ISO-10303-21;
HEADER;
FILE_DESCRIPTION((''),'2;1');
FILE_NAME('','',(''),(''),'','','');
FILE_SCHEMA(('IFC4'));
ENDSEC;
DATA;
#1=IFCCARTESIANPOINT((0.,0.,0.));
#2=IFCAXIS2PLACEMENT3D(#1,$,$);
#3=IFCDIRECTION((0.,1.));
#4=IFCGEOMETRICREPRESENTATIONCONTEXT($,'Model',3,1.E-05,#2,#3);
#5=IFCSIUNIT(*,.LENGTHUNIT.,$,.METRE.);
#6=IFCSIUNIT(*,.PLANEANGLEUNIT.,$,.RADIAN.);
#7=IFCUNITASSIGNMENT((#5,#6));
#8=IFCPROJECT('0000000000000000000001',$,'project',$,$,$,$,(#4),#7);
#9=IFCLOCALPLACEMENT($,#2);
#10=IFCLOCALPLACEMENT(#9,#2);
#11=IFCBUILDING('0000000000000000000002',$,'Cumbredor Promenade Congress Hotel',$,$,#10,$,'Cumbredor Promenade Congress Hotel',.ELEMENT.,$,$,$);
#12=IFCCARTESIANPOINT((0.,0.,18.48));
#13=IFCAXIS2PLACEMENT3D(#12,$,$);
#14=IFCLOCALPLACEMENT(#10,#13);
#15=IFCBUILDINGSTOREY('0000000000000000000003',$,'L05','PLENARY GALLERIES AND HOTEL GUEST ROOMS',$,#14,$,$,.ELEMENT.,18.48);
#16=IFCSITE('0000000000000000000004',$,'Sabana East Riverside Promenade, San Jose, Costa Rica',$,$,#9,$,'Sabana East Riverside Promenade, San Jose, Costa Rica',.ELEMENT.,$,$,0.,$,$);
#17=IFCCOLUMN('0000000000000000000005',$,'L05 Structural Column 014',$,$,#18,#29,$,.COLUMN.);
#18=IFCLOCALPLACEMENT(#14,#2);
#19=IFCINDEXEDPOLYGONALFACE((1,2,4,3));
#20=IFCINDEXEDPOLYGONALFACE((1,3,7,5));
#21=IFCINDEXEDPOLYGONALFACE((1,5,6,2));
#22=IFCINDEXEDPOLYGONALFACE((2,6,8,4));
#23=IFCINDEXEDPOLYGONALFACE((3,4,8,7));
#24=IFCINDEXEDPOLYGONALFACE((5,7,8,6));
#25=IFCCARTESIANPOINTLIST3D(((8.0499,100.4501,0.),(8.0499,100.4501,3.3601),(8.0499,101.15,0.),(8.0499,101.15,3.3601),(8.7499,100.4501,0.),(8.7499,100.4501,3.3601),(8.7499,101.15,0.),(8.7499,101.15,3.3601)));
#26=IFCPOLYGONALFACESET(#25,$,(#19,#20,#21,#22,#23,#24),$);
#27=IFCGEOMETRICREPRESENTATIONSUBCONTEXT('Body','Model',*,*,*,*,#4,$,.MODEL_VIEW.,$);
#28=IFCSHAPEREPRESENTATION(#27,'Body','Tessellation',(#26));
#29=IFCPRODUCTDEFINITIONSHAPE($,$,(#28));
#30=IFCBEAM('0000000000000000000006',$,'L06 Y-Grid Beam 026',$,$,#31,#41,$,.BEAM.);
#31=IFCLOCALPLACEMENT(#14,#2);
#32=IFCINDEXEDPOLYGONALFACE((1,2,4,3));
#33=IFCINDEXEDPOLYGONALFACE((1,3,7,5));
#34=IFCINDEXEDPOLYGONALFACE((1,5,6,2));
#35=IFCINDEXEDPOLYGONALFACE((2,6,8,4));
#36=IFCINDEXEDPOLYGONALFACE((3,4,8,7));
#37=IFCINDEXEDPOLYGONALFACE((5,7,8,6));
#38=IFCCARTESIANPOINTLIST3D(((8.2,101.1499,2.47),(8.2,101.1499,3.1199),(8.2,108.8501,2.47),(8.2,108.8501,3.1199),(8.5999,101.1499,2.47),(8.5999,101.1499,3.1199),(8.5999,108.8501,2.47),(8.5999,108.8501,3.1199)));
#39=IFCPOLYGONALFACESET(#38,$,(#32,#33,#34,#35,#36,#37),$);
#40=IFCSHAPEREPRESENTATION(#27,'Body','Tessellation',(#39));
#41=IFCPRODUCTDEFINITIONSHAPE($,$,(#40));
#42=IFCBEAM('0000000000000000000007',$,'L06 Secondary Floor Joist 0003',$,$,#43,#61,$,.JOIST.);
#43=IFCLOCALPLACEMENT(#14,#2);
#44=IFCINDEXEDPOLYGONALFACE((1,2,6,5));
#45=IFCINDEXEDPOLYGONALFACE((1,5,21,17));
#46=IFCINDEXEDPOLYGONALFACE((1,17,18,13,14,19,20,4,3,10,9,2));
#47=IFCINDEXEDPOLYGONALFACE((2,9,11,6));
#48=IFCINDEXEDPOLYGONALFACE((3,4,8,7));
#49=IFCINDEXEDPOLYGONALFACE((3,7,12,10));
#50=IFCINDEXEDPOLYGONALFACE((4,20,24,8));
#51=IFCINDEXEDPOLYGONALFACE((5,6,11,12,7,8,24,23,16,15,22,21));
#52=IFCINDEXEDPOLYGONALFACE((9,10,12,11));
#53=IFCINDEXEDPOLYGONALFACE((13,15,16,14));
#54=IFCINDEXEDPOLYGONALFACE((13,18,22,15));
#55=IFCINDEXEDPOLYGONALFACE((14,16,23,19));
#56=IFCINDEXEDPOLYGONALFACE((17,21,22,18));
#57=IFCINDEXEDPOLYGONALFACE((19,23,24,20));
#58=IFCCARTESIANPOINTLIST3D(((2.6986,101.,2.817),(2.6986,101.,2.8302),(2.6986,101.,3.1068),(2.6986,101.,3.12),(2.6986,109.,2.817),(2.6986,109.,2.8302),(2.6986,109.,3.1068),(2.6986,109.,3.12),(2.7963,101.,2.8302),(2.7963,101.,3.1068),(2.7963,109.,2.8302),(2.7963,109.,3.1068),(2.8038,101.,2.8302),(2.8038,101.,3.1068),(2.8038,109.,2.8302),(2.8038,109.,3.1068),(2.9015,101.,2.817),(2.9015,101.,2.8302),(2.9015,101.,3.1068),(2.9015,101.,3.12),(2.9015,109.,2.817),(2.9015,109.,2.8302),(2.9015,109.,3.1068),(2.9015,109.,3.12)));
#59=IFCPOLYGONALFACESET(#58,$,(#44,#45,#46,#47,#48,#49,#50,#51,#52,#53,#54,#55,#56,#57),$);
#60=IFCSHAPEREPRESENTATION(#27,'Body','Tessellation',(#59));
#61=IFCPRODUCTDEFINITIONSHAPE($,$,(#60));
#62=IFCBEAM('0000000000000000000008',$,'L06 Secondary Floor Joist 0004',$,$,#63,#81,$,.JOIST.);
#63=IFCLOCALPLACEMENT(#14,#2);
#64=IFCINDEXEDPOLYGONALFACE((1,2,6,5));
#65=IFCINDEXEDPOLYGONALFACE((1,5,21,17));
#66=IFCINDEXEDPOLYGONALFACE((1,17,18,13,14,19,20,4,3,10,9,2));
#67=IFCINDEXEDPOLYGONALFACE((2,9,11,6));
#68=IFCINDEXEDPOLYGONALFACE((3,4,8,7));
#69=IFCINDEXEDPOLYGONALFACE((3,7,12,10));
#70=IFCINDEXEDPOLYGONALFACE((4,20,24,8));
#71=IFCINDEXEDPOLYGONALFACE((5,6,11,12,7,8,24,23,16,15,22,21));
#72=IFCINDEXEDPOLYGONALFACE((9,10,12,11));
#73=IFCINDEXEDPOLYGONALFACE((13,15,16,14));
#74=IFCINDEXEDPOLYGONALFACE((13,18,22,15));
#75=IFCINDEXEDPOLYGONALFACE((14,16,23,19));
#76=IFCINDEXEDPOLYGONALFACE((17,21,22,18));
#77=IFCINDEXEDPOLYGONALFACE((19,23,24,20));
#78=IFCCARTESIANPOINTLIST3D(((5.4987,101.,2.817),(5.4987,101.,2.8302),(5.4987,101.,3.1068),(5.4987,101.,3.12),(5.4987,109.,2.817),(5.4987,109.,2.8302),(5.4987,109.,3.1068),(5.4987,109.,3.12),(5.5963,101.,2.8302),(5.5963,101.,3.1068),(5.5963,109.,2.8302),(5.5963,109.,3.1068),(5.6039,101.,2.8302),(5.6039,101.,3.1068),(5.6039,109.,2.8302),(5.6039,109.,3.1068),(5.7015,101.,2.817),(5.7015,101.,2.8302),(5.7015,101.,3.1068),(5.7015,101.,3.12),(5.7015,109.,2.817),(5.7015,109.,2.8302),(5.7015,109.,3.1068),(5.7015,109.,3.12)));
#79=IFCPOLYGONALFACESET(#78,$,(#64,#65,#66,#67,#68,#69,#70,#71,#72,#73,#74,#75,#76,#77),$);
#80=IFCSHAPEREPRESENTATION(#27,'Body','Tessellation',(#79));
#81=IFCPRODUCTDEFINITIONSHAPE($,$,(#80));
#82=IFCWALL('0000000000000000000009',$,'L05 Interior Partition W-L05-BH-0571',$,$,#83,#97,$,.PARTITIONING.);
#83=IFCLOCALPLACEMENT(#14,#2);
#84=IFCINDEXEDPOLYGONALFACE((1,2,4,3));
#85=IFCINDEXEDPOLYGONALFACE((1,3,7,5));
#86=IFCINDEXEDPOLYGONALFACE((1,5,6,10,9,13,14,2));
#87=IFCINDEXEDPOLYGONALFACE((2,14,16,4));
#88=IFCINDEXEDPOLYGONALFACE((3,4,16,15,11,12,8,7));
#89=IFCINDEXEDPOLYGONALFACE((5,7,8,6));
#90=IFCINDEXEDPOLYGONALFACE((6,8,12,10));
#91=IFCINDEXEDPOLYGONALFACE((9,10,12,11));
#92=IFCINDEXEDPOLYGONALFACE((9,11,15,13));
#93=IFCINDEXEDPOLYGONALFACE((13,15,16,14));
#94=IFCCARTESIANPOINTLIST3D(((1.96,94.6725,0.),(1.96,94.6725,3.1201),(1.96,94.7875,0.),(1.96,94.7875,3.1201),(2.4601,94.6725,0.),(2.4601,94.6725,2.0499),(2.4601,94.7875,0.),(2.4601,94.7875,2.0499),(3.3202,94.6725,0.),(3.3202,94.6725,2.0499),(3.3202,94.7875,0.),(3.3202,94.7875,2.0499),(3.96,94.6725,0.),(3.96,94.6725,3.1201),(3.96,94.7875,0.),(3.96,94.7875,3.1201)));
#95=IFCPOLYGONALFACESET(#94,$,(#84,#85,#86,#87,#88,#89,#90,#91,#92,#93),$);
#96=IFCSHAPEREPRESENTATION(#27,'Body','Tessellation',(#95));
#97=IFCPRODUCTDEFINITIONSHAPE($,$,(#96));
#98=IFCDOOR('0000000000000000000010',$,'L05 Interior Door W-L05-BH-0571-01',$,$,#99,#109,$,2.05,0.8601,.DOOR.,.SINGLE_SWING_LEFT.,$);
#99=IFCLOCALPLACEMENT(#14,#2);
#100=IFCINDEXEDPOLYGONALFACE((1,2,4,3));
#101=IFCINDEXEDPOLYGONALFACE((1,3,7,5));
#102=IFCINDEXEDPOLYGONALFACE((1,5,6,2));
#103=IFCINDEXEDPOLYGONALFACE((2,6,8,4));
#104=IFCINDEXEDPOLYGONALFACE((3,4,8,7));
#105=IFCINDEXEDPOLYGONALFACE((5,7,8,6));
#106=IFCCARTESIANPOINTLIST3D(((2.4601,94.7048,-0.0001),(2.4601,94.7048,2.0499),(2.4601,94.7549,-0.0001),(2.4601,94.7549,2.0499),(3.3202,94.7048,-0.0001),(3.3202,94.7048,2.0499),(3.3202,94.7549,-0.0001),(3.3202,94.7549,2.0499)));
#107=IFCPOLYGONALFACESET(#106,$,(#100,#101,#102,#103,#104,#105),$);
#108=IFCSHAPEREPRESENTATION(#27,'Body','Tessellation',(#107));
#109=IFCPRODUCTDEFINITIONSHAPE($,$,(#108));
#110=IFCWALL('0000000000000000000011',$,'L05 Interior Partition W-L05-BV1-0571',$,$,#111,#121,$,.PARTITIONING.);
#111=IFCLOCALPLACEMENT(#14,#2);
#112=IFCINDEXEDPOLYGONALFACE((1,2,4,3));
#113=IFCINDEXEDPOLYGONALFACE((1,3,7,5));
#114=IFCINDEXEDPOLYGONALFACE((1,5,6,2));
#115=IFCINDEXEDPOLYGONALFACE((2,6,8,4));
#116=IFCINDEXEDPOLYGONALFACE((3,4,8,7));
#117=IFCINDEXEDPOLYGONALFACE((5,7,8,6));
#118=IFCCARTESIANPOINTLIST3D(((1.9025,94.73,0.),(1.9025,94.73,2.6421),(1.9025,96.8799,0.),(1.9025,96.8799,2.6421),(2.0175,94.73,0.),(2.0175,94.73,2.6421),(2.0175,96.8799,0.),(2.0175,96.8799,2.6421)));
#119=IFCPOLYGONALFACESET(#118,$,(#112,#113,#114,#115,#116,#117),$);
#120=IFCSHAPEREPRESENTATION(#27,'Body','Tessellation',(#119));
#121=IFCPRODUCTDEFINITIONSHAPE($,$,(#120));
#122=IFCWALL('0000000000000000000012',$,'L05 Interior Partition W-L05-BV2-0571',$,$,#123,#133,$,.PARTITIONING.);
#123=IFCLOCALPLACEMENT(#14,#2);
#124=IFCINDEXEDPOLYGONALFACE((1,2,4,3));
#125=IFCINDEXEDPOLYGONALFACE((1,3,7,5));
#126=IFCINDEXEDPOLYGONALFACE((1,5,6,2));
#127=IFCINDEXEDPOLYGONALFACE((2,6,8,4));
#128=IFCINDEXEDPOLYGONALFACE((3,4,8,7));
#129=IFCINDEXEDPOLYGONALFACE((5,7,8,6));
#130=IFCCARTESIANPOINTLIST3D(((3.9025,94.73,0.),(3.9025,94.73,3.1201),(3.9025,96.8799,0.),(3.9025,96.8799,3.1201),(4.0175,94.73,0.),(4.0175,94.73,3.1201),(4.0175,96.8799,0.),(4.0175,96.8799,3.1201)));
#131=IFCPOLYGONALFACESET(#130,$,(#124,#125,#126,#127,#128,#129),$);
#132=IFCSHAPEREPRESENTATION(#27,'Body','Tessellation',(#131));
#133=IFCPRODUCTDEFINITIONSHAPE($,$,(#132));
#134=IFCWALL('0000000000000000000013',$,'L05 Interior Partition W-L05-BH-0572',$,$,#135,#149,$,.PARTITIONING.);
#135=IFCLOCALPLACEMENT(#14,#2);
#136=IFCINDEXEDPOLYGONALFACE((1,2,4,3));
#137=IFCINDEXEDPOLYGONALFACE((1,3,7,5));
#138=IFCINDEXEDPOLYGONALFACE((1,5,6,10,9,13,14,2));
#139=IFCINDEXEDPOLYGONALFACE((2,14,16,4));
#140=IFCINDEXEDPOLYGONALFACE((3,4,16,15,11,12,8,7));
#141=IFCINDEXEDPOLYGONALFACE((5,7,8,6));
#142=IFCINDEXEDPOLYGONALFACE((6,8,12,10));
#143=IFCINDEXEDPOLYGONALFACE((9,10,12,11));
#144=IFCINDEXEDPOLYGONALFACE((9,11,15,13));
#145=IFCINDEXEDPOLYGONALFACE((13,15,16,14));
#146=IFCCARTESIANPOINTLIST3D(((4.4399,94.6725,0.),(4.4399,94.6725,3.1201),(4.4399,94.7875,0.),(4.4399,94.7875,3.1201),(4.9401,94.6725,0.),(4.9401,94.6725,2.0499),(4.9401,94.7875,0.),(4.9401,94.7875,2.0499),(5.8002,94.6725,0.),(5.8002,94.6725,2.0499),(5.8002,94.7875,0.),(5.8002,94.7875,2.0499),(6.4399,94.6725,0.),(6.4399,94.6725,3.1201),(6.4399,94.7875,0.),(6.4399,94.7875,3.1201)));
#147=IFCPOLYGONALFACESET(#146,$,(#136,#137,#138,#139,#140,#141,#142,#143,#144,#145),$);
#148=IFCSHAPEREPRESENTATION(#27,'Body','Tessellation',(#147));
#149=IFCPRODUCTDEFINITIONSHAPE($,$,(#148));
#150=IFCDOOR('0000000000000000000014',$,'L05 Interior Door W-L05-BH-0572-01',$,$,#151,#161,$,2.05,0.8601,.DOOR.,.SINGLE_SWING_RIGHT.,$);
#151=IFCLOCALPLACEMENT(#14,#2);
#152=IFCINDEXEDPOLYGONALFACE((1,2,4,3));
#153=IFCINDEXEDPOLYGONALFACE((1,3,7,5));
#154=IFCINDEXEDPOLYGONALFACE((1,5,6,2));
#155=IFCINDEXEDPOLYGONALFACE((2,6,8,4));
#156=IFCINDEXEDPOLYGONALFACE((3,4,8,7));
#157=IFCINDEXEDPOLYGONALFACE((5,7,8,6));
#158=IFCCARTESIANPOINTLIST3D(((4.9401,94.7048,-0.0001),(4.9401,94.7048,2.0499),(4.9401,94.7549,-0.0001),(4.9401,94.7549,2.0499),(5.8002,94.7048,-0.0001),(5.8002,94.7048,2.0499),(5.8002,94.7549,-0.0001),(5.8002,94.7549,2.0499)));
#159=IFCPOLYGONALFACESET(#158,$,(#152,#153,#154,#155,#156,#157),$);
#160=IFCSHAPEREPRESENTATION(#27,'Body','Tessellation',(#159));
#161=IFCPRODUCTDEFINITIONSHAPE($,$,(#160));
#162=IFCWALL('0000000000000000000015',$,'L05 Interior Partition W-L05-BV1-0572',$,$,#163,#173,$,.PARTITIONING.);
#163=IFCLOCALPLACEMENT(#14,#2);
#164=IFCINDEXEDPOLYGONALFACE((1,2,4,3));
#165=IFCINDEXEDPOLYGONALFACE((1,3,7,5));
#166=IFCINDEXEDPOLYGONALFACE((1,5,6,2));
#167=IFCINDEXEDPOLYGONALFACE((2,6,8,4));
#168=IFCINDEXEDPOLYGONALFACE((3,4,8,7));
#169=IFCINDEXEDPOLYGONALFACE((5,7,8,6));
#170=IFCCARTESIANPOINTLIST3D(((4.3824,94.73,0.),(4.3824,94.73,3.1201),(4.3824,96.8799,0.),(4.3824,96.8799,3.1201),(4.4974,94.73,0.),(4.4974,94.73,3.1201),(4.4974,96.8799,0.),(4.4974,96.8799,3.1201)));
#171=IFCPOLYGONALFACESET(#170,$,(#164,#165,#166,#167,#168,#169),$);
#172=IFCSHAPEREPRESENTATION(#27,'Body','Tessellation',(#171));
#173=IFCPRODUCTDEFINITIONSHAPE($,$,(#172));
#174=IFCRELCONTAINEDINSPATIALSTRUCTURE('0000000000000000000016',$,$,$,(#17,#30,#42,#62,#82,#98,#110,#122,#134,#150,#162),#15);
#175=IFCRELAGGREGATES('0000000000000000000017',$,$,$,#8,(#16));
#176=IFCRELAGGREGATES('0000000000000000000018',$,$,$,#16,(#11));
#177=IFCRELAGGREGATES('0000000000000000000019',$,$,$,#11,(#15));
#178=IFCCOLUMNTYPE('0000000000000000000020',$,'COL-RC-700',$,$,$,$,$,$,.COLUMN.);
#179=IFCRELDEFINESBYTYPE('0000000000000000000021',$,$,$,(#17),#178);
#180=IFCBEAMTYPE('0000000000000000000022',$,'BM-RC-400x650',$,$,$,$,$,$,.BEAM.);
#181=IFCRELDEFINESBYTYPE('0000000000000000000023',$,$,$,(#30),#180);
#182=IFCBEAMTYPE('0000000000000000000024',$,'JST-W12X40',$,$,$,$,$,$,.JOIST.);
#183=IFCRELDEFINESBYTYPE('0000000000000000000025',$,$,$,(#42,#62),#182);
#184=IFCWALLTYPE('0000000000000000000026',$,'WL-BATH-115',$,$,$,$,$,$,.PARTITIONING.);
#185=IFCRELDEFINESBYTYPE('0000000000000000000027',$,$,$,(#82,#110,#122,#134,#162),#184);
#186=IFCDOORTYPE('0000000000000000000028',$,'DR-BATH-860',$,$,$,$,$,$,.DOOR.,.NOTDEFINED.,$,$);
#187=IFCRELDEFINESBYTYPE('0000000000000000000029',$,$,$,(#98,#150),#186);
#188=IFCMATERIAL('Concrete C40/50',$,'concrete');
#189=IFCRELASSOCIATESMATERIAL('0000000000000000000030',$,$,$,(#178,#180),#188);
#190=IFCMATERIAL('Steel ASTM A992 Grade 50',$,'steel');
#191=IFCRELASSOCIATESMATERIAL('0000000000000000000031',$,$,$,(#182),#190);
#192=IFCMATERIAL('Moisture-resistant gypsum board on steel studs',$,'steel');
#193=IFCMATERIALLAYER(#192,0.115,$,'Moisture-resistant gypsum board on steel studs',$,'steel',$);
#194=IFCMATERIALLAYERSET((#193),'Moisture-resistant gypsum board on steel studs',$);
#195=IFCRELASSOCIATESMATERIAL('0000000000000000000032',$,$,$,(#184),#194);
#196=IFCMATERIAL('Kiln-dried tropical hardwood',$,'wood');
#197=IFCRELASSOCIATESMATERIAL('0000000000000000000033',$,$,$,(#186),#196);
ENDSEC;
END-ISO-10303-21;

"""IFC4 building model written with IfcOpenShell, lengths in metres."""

from ifc_helpers import new_model, si_unit, direction, frame, frame_2d, origin, origin_2d, place, context, subcontext, project, spatial, rectangle, i_section, extrude, material, layer, layer_set, material_profile, profile_set, type_object, element, fill, save


model = new_model("IFC4")

# Units and contexts
model_context = context("Model", 3, precision=1e-05, world=origin(), true_north=direction((0.0, 1.0)))
body_context = subcontext(model_context, "Body", "Model", "MODEL_VIEW")
ifc_project = project(units=[si_unit("LENGTHUNIT", "METRE"), si_unit("PLANEANGLEUNIT", "RADIAN")], contexts=[model_context])

# Site, building, storey
site_placement = place(None, origin())
site = spatial("IfcSite", under=ifc_project, at=site_placement, Name="Sabana East Riverside Promenade, San Jose, Costa Rica", LongName="Sabana East Riverside Promenade, San Jose, Costa Rica", CompositionType="ELEMENT", RefElevation=0.0)
building_placement = place(site_placement, origin())
building = spatial("IfcBuilding", under=site, at=building_placement, Name="Cumbredor Promenade Congress Hotel", LongName="Cumbredor Promenade Congress Hotel", CompositionType="ELEMENT")
storey_placement = place(building_placement, frame((0.0, 0.0, 18.48)))
storey = spatial("IfcBuildingStorey", under=building, at=storey_placement, Name="L05", Description="PLENARY GALLERIES AND HOTEL GUEST ROOMS", CompositionType="ELEMENT", Elevation=18.48)

# Column
ifc_material_1 = material(Name="Concrete C40/50", Category="concrete")
ifc_material_profile_1 = material_profile(ifc_material_1, rectangle(XDim=0.7, YDim=0.7, at=origin_2d()), Name="RC 700x700")
ifc_profile_set_1 = profile_set([ifc_material_profile_1], Name="Concrete C40/50")
column_type = type_object("IfcColumnType", Name="COL-RC-700", PredefinedType="COLUMN", material=ifc_profile_set_1)
column_placement = place(storey_placement, frame((8.3999, 100.8, 0.0), z_axis=(0.0, 0.0, 1.0), x_axis=(1.0, 0.0, 0.0)))
element("IfcColumn", 1, at=column_placement, inside=storey, type_object=column_type, Name="L05 Structural Column 014", PredefinedType="COLUMN", context=body_context, shape_type="SweptSolid", body=[
    extrude(rectangle(XDim=0.7, YDim=0.7, at=origin_2d()), origin(), (0.0, 0.0, 1.0), 3.3601),
])

# Beams
ifc_material_profile_2 = material_profile(ifc_material_1, rectangle(XDim=0.3999, YDim=0.6499, at=origin_2d()), Name="RC BEAM 400x650")
ifc_profile_set_2 = profile_set([ifc_material_profile_2], Name="Concrete C40/50")
beam_type_1 = type_object("IfcBeamType", Name="BM-RC-400x650", PredefinedType="BEAM", material=ifc_profile_set_2)
beam_placement = place(storey_placement, frame((8.3999, 101.1499, 2.7949), z_axis=(0.0, 1.0, 0.0), x_axis=(-1.0, 0.0, 0.0)))
element("IfcBeam", 2, at=beam_placement, inside=storey, type_object=beam_type_1, Name="L06 Y-Grid Beam 026", PredefinedType="BEAM", context=body_context, shape_type="SweptSolid", body=[
    extrude(rectangle(XDim=0.3999, YDim=0.6499, at=origin_2d()), origin(), (0.0, 0.0, 1.0), 7.7002),
])
ifc_material_2 = material(Name="Steel ASTM A992 Grade 50", Category="steel")
ifc_material_profile_3 = material_profile(ifc_material_2, i_section(OverallWidth=0.2029, OverallDepth=0.303, WebThickness=0.0076, FlangeThickness=0.0132, at=origin_2d()), Name="W12X40")
ifc_profile_set_3 = profile_set([ifc_material_profile_3], Name="Steel ASTM A992 Grade 50")
beam_type_2 = type_object("IfcBeamType", Name="JST-W12X40", PredefinedType="JOIST", material=ifc_profile_set_3)
for number, where, z_axis, x_axis, name in (
    (3, (2.8, 101.0, 2.9685), (0.0, 1.0, 0.0), (-1.0, 0.0, 0.0), "L06 Secondary Floor Joist 0003"),
    (4, (5.6001, 101.0, 2.9685), (0.0, 1.0, 0.0), (-1.0, 0.0, 0.0), "L06 Secondary Floor Joist 0004"),
):
    element("IfcBeam", number, at=place(storey_placement, frame(where, z_axis=z_axis, x_axis=x_axis)), inside=storey, type_object=beam_type_2, Name=name, PredefinedType="JOIST", context=body_context, shape_type="SweptSolid", body=[
        extrude(i_section(OverallWidth=0.2029, OverallDepth=0.303, WebThickness=0.0076, FlangeThickness=0.0132, at=origin_2d()), origin(), (0.0, 0.0, 1.0), 8.0),
    ])

# Wall, opening, door
ifc_material_3 = material(Name="Moisture-resistant gypsum board on steel studs", Category="steel")
ifc_layer = layer(ifc_material_3, 0.115, Name="Moisture-resistant gypsum board on steel studs", Category="steel")
ifc_layer_set = layer_set([ifc_layer], Name="Moisture-resistant gypsum board on steel studs")
wall_type = type_object("IfcWallType", Name="WL-BATH-115", PredefinedType="PARTITIONING", material=ifc_layer_set)
wall_1_placement = place(storey_placement, frame((1.96, 94.73, 0.0), z_axis=(0.0, 0.0, 1.0), x_axis=(1.0, 0.0, 0.0)))
wall_1 = element("IfcWall", 5, at=wall_1_placement, inside=storey, type_object=wall_type, Name="L05 Interior Partition W-L05-BH-0571", PredefinedType="PARTITIONING", context=body_context, shape_type="SweptSolid", body=[
    extrude(rectangle(XDim=2.0, YDim=0.115, at=frame_2d((1.0, 0.0))), origin(), (0.0, 0.0, 1.0), 3.1201),
])
opening_1_placement = place(wall_1_placement, frame((0.5, 0.0, 0.0)))
opening_1 = element("IfcOpeningElement", 6, at=opening_1_placement, cuts=wall_1, PredefinedType="OPENING", context=body_context, shape_type="SweptSolid", body=[
    extrude(rectangle(XDim=0.8601, YDim=2.05, at=frame_2d((0.4302, 1.0249))), frame((0.0, 0.0674, 0.0), z_axis=(0.0, -1.0, 0.0), x_axis=(1.0, 0.0, 0.0)), (0.0, 0.0, 1.0), 0.135),
])
ifc_material_4 = material(Name="Kiln-dried tropical hardwood", Category="wood")
door_type = type_object("IfcDoorType", Name="DR-BATH-860", OperationType="NOTDEFINED", PredefinedType="DOOR", material=ifc_material_4)
door_1_placement = place(opening_1_placement, origin())
door_1 = element("IfcDoor", 7, at=door_1_placement, inside=storey, type_object=door_type, Name="L05 Interior Door W-L05-BH-0571-01", OperationType="SINGLE_SWING_LEFT", OverallHeight=2.05, OverallWidth=0.8601, PredefinedType="DOOR", context=body_context, shape_type="SweptSolid", body=[
    extrude(rectangle(XDim=0.8601, YDim=2.05, at=frame_2d((0.4302, 1.0249))), frame((0.0, 0.0249, 0.0), z_axis=(0.0, -1.0, 0.0), x_axis=(1.0, 0.0, 0.0)), (0.0, 0.0, 1.0), 0.05),
])
fill(opening_1, door_1)

# Walls
wall_2_placement = place(storey_placement, frame((1.96, 94.73, 0.0), z_axis=(0.0, 0.0, 1.0), x_axis=(0.0, 1.0, 0.0)))
element("IfcWall", 8, at=wall_2_placement, inside=storey, type_object=wall_type, Name="L05 Interior Partition W-L05-BV1-0571", PredefinedType="PARTITIONING", context=body_context, shape_type="SweptSolid", body=[
    extrude(rectangle(XDim=2.1499, YDim=0.115, at=frame_2d((1.075, 0.0))), origin(), (0.0, 0.0, 1.0), 2.6421),
])
wall_3_placement = place(storey_placement, frame((3.96, 94.73, 0.0), z_axis=(0.0, 0.0, 1.0), x_axis=(0.0, 1.0, 0.0)))
element("IfcWall", 9, at=wall_3_placement, inside=storey, type_object=wall_type, Name="L05 Interior Partition W-L05-BV2-0571", PredefinedType="PARTITIONING", context=body_context, shape_type="SweptSolid", body=[
    extrude(rectangle(XDim=2.1499, YDim=0.115, at=frame_2d((1.075, 0.0))), origin(), (0.0, 0.0, 1.0), 3.1201),
])

# Wall, opening, door
wall_4_placement = place(storey_placement, frame((4.4399, 94.73, 0.0), z_axis=(0.0, 0.0, 1.0), x_axis=(1.0, 0.0, 0.0)))
wall_4 = element("IfcWall", 10, at=wall_4_placement, inside=storey, type_object=wall_type, Name="L05 Interior Partition W-L05-BH-0572", PredefinedType="PARTITIONING", context=body_context, shape_type="SweptSolid", body=[
    extrude(rectangle(XDim=2.0, YDim=0.115, at=frame_2d((1.0, 0.0))), origin(), (0.0, 0.0, 1.0), 3.1201),
])
opening_2_placement = place(wall_4_placement, frame((0.5, 0.0, 0.0)))
opening_2 = element("IfcOpeningElement", 11, at=opening_2_placement, cuts=wall_4, PredefinedType="OPENING", context=body_context, shape_type="SweptSolid", body=[
    extrude(rectangle(XDim=0.8601, YDim=2.05, at=frame_2d((0.4302, 1.0249))), frame((0.0, 0.0674, 0.0), z_axis=(0.0, -1.0, 0.0), x_axis=(1.0, 0.0, 0.0)), (0.0, 0.0, 1.0), 0.135),
])
door_2_placement = place(opening_2_placement, origin())
door_2 = element("IfcDoor", 12, at=door_2_placement, inside=storey, type_object=door_type, Name="L05 Interior Door W-L05-BH-0572-01", OperationType="SINGLE_SWING_RIGHT", OverallHeight=2.05, OverallWidth=0.8601, PredefinedType="DOOR", context=body_context, shape_type="SweptSolid", body=[
    extrude(rectangle(XDim=0.8601, YDim=2.05, at=frame_2d((0.4302, 1.0249))), frame((0.0, 0.0249, 0.0), z_axis=(0.0, -1.0, 0.0), x_axis=(1.0, 0.0, 0.0)), (0.0, 0.0, 1.0), 0.05),
])
fill(opening_2, door_2)

# Wall
wall_5_placement = place(storey_placement, frame((4.4399, 94.73, 0.0), z_axis=(0.0, 0.0, 1.0), x_axis=(0.0, 1.0, 0.0)))
element("IfcWall", 13, at=wall_5_placement, inside=storey, type_object=wall_type, Name="L05 Interior Partition W-L05-BV1-0572", PredefinedType="PARTITIONING", context=body_context, shape_type="SweptSolid", body=[
    extrude(rectangle(XDim=2.1499, YDim=0.115, at=frame_2d((1.075, 0.0))), origin(), (0.0, 0.0, 1.0), 3.1201),
])

save(model, "model.ifc")
